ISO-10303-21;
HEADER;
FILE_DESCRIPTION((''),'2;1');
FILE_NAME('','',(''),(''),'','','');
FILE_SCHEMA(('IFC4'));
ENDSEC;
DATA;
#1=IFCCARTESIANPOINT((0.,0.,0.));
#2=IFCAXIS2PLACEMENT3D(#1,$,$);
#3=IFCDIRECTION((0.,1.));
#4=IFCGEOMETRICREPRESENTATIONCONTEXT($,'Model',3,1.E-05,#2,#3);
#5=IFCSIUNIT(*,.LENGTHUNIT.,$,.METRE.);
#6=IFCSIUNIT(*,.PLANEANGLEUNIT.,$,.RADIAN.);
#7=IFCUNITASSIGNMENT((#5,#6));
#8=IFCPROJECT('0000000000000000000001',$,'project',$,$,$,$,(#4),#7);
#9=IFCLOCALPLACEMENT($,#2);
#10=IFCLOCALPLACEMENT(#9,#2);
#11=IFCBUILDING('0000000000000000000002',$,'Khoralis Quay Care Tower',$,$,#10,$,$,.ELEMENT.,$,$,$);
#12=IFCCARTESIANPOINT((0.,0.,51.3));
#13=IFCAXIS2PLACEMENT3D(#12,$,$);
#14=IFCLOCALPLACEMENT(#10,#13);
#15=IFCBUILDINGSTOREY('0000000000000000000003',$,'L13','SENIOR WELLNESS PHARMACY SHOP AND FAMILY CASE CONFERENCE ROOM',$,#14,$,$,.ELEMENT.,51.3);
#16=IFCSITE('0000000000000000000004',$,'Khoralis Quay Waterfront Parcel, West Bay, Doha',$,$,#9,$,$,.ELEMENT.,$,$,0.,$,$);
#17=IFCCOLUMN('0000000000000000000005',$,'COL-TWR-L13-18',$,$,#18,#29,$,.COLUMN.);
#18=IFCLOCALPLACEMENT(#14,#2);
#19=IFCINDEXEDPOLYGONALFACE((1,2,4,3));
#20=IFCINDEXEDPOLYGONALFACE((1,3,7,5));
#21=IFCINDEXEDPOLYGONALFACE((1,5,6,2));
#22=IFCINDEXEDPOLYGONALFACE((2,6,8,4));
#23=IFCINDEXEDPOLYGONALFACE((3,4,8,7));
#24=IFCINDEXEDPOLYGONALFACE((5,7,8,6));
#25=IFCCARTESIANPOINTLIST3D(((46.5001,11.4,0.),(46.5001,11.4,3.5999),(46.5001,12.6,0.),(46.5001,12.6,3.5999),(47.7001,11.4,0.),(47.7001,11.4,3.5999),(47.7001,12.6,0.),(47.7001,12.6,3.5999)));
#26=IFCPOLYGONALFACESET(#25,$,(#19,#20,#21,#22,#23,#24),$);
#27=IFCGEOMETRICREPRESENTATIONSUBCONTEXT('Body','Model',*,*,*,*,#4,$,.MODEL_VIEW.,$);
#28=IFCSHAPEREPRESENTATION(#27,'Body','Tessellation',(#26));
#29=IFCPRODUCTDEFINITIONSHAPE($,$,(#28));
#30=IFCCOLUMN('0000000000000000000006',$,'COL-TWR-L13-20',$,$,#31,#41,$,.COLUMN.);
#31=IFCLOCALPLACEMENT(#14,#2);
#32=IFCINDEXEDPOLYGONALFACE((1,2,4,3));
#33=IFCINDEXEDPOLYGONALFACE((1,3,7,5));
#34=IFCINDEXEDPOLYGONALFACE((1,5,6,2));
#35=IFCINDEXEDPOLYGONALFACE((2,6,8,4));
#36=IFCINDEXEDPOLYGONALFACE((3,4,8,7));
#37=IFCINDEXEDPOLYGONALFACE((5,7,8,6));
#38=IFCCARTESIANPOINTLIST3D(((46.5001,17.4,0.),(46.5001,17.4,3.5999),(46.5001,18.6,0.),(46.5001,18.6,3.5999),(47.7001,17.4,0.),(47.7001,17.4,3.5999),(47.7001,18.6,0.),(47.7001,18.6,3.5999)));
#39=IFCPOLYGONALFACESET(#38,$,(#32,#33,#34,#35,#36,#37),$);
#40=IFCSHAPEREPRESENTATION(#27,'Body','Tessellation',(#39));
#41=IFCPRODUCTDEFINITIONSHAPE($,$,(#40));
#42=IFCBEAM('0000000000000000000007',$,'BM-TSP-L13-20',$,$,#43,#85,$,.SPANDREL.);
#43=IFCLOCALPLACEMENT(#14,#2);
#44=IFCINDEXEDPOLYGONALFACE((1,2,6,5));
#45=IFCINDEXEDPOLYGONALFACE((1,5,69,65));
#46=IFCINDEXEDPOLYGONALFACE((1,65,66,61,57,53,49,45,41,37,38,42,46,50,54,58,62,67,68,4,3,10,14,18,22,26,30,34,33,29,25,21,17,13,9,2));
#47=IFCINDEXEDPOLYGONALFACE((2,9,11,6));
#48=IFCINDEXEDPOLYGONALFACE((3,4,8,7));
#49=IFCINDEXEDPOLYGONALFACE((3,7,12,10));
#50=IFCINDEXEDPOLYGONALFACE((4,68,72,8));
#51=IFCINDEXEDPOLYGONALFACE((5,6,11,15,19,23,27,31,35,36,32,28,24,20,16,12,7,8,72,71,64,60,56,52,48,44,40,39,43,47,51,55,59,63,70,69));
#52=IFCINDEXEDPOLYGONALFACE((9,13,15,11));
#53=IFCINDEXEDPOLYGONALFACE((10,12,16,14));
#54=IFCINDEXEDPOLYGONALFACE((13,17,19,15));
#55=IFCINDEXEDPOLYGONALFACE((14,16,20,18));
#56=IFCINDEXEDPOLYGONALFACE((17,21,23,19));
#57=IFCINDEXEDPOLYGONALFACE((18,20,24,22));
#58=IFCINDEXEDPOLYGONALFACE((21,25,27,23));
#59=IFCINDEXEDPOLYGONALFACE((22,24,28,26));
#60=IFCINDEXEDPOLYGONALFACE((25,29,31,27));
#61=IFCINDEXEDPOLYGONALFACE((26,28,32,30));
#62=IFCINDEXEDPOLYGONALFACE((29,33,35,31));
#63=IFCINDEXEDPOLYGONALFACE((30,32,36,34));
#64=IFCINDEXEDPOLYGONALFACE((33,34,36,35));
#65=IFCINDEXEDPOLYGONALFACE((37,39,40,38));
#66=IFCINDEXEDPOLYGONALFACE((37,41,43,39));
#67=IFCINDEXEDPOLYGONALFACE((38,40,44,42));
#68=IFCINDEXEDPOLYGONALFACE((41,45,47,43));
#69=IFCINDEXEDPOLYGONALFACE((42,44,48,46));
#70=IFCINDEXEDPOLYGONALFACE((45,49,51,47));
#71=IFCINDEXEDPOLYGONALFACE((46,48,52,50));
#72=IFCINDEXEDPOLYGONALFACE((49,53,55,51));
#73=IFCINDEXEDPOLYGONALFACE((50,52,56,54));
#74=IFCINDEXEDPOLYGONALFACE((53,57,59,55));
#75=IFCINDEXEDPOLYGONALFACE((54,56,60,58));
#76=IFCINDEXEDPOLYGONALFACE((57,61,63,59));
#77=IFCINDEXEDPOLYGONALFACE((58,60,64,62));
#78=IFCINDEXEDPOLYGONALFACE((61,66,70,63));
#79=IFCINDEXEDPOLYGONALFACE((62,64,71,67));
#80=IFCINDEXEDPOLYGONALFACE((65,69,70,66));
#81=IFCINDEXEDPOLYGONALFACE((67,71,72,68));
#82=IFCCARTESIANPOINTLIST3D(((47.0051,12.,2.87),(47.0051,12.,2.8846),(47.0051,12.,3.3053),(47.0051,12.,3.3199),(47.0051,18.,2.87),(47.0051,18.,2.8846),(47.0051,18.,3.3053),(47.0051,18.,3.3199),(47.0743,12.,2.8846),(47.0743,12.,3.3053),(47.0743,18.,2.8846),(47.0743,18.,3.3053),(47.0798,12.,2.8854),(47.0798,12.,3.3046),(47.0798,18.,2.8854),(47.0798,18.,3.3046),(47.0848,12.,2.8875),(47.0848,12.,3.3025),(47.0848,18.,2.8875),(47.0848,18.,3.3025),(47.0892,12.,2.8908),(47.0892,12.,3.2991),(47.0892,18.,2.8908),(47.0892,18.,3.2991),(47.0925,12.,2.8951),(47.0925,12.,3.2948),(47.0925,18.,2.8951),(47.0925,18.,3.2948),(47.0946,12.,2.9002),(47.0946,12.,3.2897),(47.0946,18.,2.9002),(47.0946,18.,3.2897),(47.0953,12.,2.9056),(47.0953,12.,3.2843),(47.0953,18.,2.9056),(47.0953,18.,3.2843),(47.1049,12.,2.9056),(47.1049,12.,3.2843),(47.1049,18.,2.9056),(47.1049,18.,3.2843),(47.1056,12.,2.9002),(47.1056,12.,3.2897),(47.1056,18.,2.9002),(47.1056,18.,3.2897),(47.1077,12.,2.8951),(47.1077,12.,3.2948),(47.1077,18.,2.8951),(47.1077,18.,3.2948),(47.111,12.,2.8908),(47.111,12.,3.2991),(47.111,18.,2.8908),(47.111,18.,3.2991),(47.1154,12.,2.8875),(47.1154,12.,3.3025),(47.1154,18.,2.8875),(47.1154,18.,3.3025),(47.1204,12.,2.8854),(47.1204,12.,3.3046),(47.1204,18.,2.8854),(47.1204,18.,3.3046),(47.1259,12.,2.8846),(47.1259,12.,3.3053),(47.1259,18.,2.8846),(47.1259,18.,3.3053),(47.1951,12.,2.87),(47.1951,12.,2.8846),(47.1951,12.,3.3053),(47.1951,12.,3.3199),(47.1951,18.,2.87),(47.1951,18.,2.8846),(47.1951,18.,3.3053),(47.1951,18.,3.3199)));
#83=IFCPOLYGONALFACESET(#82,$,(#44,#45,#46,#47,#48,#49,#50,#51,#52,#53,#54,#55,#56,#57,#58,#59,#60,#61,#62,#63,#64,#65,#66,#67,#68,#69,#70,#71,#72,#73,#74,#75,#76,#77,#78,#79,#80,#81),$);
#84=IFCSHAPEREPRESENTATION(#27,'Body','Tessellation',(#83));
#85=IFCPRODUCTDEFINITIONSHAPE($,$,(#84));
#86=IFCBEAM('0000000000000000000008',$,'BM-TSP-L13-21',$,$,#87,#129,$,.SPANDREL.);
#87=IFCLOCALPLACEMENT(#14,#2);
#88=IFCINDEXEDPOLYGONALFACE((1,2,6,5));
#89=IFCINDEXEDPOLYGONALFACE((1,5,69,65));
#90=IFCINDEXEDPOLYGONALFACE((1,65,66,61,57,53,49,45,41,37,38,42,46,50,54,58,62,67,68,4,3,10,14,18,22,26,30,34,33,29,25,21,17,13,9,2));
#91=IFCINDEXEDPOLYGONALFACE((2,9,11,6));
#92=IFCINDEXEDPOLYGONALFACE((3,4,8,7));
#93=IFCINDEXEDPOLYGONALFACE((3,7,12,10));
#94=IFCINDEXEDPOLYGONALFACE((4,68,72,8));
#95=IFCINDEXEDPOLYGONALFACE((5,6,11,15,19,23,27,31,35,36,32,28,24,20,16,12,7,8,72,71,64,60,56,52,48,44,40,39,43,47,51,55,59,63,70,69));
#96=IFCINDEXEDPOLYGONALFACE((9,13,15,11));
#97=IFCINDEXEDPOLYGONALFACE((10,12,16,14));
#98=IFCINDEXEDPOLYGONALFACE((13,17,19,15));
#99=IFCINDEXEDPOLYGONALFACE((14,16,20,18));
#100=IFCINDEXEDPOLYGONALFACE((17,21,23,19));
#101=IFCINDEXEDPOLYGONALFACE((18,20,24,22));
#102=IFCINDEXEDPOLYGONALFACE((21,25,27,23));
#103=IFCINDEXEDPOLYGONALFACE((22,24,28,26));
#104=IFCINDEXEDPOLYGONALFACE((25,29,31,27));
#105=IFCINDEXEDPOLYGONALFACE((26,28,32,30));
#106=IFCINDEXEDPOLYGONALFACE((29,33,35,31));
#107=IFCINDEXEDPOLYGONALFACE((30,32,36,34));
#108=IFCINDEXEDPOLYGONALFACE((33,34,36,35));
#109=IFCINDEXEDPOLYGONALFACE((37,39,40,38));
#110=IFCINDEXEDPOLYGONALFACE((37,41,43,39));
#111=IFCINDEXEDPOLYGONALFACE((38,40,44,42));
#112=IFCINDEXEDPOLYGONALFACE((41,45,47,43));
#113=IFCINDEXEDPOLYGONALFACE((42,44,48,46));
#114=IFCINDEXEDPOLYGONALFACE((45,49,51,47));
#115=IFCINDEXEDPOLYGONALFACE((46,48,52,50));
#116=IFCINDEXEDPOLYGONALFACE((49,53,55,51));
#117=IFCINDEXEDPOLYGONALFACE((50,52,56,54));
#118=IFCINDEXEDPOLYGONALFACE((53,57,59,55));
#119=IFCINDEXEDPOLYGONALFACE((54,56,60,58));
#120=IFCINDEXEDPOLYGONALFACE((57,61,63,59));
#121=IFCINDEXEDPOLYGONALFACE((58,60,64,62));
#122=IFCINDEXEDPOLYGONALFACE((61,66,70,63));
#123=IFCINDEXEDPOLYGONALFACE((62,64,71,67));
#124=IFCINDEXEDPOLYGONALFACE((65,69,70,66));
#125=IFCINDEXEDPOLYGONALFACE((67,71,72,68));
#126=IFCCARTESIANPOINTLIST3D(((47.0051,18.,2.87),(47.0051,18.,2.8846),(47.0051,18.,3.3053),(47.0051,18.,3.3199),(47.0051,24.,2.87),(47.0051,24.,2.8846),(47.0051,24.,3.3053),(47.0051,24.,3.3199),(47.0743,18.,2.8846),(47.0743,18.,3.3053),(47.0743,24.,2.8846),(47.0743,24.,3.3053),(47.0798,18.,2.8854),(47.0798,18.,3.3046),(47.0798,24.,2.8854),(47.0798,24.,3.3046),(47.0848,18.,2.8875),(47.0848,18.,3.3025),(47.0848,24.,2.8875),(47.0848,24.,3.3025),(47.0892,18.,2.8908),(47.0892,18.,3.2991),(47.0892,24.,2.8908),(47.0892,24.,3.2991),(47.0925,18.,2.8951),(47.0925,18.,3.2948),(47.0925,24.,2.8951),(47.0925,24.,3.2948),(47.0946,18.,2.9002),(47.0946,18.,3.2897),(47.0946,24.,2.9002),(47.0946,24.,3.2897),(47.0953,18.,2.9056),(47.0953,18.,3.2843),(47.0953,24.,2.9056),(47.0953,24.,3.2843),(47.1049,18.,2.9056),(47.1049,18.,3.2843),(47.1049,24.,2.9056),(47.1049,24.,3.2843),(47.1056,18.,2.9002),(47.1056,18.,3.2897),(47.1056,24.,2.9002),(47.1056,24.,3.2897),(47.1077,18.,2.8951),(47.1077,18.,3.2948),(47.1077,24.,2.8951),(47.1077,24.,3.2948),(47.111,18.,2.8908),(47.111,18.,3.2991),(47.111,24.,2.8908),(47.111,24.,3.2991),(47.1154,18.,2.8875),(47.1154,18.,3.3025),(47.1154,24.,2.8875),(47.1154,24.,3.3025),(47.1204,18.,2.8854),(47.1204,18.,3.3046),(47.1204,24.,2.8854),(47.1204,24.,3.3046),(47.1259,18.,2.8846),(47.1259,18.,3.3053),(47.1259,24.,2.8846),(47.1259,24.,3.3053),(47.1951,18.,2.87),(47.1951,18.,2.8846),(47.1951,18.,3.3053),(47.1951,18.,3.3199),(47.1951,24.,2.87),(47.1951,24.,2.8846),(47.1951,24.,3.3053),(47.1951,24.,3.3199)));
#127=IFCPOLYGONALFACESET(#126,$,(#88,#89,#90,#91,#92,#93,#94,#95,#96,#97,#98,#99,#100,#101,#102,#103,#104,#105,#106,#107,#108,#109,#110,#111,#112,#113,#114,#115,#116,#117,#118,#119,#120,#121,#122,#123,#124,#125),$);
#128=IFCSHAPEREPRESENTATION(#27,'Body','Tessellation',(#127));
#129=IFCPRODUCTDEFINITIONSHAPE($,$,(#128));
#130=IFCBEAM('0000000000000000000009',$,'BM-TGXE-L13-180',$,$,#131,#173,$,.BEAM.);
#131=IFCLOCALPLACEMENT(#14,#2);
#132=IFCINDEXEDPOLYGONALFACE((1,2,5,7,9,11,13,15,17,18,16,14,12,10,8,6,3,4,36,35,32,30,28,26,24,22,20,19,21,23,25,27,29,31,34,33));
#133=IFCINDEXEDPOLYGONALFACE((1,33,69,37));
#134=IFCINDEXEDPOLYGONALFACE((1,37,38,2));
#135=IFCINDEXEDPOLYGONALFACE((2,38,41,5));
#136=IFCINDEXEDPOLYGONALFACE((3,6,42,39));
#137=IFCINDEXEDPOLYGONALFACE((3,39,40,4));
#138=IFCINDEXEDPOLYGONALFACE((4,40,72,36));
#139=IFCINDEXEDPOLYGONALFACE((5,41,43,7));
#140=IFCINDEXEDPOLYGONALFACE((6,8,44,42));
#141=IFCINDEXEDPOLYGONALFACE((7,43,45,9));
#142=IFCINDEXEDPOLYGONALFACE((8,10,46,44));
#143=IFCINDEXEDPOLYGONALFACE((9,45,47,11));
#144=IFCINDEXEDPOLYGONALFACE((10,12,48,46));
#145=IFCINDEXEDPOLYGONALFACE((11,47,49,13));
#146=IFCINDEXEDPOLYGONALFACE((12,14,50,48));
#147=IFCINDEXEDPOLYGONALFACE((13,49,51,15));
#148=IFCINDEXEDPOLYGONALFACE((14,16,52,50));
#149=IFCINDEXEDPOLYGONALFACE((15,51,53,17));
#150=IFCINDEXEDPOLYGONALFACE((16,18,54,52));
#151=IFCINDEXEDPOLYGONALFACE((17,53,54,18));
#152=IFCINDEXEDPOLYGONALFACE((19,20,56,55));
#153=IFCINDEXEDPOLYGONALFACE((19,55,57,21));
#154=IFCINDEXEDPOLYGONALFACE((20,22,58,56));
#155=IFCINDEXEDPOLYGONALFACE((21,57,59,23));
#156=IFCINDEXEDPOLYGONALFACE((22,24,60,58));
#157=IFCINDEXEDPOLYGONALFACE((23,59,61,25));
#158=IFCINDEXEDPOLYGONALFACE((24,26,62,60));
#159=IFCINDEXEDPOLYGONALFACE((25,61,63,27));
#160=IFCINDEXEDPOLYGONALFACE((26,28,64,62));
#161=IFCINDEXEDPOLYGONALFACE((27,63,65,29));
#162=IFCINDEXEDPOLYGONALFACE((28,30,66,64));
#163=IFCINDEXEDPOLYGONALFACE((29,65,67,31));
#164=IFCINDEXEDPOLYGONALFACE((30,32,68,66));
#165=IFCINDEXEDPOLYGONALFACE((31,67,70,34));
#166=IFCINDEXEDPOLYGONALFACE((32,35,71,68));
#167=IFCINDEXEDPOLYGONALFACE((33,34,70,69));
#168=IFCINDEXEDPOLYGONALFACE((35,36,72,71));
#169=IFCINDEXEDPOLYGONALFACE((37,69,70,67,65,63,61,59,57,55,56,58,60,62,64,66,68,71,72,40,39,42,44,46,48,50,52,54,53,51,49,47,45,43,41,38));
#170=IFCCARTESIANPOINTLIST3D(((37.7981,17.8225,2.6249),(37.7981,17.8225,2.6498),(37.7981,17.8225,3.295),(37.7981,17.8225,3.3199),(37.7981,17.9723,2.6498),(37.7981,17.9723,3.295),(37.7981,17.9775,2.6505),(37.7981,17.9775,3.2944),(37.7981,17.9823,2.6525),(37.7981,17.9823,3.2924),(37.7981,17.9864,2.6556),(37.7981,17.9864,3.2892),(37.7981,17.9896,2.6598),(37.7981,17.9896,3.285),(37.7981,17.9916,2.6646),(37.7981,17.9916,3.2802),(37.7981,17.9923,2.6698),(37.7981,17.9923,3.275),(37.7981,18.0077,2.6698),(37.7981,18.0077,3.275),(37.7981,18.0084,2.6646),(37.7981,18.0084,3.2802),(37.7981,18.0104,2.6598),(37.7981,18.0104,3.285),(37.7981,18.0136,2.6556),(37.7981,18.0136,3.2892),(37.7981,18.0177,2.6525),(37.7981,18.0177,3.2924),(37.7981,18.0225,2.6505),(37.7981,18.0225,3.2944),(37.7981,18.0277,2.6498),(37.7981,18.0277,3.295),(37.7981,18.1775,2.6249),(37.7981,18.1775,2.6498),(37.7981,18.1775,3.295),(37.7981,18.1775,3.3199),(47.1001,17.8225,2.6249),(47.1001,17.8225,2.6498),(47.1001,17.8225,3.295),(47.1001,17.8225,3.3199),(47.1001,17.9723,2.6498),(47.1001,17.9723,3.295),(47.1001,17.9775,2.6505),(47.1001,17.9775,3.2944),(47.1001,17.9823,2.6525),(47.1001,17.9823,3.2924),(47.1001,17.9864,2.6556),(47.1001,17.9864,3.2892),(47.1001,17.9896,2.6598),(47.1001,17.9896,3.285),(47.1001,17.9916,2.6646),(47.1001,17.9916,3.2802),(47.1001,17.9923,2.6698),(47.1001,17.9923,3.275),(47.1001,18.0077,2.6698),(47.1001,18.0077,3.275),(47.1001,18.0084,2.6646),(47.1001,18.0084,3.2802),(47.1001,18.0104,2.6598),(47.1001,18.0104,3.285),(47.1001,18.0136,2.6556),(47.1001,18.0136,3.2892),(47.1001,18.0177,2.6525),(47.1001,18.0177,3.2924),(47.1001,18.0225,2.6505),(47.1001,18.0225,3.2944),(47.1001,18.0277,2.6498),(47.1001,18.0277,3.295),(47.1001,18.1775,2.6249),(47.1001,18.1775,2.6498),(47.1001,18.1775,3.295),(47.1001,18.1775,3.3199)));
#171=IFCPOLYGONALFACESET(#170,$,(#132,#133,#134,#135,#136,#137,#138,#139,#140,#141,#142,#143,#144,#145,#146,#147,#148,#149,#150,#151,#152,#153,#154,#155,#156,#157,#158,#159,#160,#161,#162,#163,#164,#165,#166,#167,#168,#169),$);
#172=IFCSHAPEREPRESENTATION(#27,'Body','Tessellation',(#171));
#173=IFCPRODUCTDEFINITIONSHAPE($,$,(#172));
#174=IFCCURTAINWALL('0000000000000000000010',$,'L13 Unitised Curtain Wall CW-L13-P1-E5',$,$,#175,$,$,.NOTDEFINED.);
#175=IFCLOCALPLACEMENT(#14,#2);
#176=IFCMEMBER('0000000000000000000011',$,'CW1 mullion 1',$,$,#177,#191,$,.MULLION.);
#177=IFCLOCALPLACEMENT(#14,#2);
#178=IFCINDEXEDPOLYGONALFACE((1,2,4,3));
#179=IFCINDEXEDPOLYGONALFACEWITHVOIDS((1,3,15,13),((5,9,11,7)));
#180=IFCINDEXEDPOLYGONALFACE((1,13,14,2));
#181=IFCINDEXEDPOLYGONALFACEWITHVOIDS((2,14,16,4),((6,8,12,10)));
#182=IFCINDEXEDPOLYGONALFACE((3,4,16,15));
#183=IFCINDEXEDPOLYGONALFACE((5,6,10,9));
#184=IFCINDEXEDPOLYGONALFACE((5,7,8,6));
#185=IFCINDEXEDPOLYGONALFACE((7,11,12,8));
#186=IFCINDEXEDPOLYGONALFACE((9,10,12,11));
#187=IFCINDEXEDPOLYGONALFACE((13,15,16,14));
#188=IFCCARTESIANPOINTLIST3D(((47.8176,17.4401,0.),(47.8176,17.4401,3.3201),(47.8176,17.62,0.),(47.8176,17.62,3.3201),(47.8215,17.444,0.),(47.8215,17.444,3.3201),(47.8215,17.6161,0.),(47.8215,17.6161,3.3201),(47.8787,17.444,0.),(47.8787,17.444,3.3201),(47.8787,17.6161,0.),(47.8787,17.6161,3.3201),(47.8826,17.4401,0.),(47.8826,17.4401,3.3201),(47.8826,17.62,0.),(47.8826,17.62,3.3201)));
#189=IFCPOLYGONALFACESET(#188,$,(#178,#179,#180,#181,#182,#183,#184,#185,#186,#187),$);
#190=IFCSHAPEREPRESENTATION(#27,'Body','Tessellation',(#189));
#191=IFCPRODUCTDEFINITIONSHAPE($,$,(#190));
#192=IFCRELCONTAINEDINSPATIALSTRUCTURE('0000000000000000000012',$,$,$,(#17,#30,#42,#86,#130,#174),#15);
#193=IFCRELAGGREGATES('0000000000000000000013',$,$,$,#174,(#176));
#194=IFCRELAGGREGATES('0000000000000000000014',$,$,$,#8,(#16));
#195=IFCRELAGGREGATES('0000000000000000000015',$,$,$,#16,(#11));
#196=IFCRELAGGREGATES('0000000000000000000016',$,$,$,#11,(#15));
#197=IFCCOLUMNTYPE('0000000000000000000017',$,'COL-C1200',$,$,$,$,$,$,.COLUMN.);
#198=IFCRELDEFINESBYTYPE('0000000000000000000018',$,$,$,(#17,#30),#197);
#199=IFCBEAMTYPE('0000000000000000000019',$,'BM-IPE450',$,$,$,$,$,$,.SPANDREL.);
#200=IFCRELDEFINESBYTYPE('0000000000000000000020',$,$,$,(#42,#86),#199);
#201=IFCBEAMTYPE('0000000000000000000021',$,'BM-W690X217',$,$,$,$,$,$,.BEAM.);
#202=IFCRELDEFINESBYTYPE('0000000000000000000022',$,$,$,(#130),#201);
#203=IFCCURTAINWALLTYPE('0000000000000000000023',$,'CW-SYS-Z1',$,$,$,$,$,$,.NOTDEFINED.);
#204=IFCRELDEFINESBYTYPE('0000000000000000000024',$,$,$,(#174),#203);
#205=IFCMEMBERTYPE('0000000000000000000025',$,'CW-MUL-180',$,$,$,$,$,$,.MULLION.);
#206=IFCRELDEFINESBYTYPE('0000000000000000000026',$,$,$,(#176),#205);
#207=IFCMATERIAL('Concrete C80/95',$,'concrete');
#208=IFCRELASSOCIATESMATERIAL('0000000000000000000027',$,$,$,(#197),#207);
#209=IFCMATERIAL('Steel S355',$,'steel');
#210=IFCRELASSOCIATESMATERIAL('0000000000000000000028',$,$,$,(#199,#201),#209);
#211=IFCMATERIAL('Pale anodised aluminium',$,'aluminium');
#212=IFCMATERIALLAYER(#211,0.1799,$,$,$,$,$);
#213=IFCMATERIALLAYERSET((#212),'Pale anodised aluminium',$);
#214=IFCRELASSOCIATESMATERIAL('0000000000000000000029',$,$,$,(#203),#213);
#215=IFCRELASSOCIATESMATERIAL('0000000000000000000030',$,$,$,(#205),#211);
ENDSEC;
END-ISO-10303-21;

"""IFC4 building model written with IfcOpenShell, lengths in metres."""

from ifc_helpers import new_model, si_unit, direction, frame, origin, origin_2d, place, context, subcontext, project, spatial, rectangle, hollow_rectangle, i_section, extrude, source, transform, mapped, material, layer, layer_set, material_profile, profile_set, type_object, element, aggregate, save


model = new_model("IFC4")

# Units and contexts
model_context = context("Model", 3, precision=1e-05, world=origin(), true_north=direction((0.0, 1.0)))
body_context = subcontext(model_context, "Body", "Model", "MODEL_VIEW")
ifc_project = project(units=[si_unit("LENGTHUNIT", "METRE"), si_unit("PLANEANGLEUNIT", "RADIAN")], contexts=[model_context])

# Site, building, storey
site_placement = place(None, origin())
site = spatial("IfcSite", under=ifc_project, at=site_placement, Name="Khoralis Quay Waterfront Parcel, West Bay, Doha", CompositionType="ELEMENT", RefElevation=0.0)
building_placement = place(site_placement, origin())
building = spatial("IfcBuilding", under=site, at=building_placement, Name="Khoralis Quay Care Tower", CompositionType="ELEMENT")
storey_placement = place(building_placement, frame((0.0, 0.0, 51.3)))
storey = spatial("IfcBuildingStorey", under=building, at=storey_placement, Name="L13", Description="SENIOR WELLNESS PHARMACY SHOP AND FAMILY CASE CONFERENCE ROOM", CompositionType="ELEMENT", Elevation=51.3)

# Columns
ifc_material_1 = material(Name="Concrete C80/95", Category="concrete")
ifc_material_profile_1 = material_profile(ifc_material_1, rectangle(XDim=1.2, YDim=1.2, at=origin_2d()), Name="Concrete C80/95")
ifc_profile_set_1 = profile_set([ifc_material_profile_1], Name="Concrete C80/95")
column_type = type_object("IfcColumnType", Name="COL-C1200", PredefinedType="COLUMN", material=ifc_profile_set_1)
shared_shape_1 = source(origin(), body_context, "Body", "SweptSolid", [
    extrude(rectangle(XDim=1.2, YDim=1.2, at=origin_2d()), origin(), (0.0, 0.0, 1.0), 3.5999),
])
for number, where, z_axis, x_axis, name in (
    (1, (47.1001, 12.0, 0.0), (0.0, 0.0, 1.0), (1.0, 0.0, 0.0), "COL-TWR-L13-18"),
    (2, (47.1001, 18.0, 0.0), (0.0, 0.0, 1.0), (1.0, 0.0, 0.0), "COL-TWR-L13-20"),
):
    element("IfcColumn", number, at=place(storey_placement, frame(where, z_axis=z_axis, x_axis=x_axis)), inside=storey, type_object=column_type, Name=name, PredefinedType="COLUMN", context=body_context, shape_type="MappedRepresentation", body=[
        mapped(shared_shape_1, transform((0.0, 0.0, 0.0), scale=1.0)),
    ])

# Beams
ifc_material_2 = material(Name="Steel S355", Category="steel")
ifc_material_profile_2 = material_profile(ifc_material_2, i_section(OverallWidth=0.1899, OverallDepth=0.45, WebThickness=0.0095, FlangeThickness=0.0146, FilletRadius=0.021, at=origin_2d()), Name="Steel S355")
ifc_profile_set_2 = profile_set([ifc_material_profile_2], Name="Steel S355")
beam_type_1 = type_object("IfcBeamType", Name="BM-IPE450", PredefinedType="SPANDREL", material=ifc_profile_set_2)
shared_shape_2 = source(origin(), body_context, "Body", "SweptSolid", [
    extrude(i_section(OverallWidth=0.1899, OverallDepth=0.45, WebThickness=0.0095, FlangeThickness=0.0146, FilletRadius=0.021, at=origin_2d()), origin(), (0.0, 0.0, 1.0), 6.0),
])
for number, where, z_axis, x_axis, name in (
    (3, (47.1001, 12.0, 3.095), (0.0, 1.0, 0.0), (-1.0, 0.0, 0.0), "BM-TSP-L13-20"),
    (4, (47.1001, 18.0, 3.095), (0.0, 1.0, 0.0), (-1.0, 0.0, 0.0), "BM-TSP-L13-21"),
):
    element("IfcBeam", number, at=place(storey_placement, frame(where, z_axis=z_axis, x_axis=x_axis)), inside=storey, type_object=beam_type_1, Name=name, PredefinedType="SPANDREL", context=body_context, shape_type="MappedRepresentation", body=[
        mapped(shared_shape_2, transform((0.0, 0.0, 0.0), scale=1.0)),
    ])
ifc_material_profile_3 = material_profile(ifc_material_2, i_section(OverallWidth=0.355, OverallDepth=0.6951, WebThickness=0.0154, FlangeThickness=0.0249, FilletRadius=0.02, at=origin_2d()), Name="Steel S355")
ifc_profile_set_3 = profile_set([ifc_material_profile_3], Name="Steel S355")
beam_type_2 = type_object("IfcBeamType", Name="BM-W690X217", PredefinedType="BEAM", material=ifc_profile_set_3)
shared_shape_3 = source(origin(), body_context, "Body", "SweptSolid", [
    extrude(i_section(OverallWidth=0.355, OverallDepth=0.6951, WebThickness=0.0154, FlangeThickness=0.0249, FilletRadius=0.02, at=origin_2d()), origin(), (0.0, 0.0, 1.0), 9.302),
])
beam_placement = place(storey_placement, frame((37.7981, 18.0, 2.9724), z_axis=(1.0, 0.0, 0.0), x_axis=(0.0, 1.0, 0.0)))
element("IfcBeam", 5, at=beam_placement, inside=storey, type_object=beam_type_2, Name="BM-TGXE-L13-180", PredefinedType="BEAM", context=body_context, shape_type="MappedRepresentation", body=[
    mapped(shared_shape_3, transform((0.0, 0.0, 0.0), scale=1.0)),
])

# Curtain wall, member
ifc_material_3 = material(Name="Pale anodised aluminium", Category="aluminium")
ifc_layer_1 = layer(ifc_material_3, 0.1799)
ifc_layer_set_1 = layer_set([ifc_layer_1], Name="Pale anodised aluminium")
curtain_wall_type = type_object("IfcCurtainWallType", Name="CW-SYS-Z1", PredefinedType="NOTDEFINED", material=ifc_layer_set_1)
curtain_wall_placement = place(storey_placement, origin())
curtain_wall = element("IfcCurtainWall", 6, at=curtain_wall_placement, inside=storey, type_object=curtain_wall_type, Name="L13 Unitised Curtain Wall CW-L13-P1-E5", PredefinedType="NOTDEFINED")
ifc_material_profile_4 = material_profile(ifc_material_3, hollow_rectangle(XDim=0.0649, YDim=0.1799, WallThickness=0.0039, at=origin_2d()), Name="Pale anodised aluminium")
ifc_profile_set_4 = profile_set([ifc_material_profile_4], Name="Pale anodised aluminium")
member_type_1 = type_object("IfcMemberType", Name="CW-MUL-180", PredefinedType="MULLION", material=ifc_profile_set_4)
shared_shape_4 = source(origin(), body_context, "Body", "SweptSolid", [
    extrude(hollow_rectangle(XDim=0.0649, YDim=0.1799, WallThickness=0.0039, at=origin_2d()), origin(), (0.0, 0.0, 1.0), 3.3201),
])
member_1_placement = place(storey_placement, frame((47.8501, 17.53, 0.0), z_axis=(0.0, 0.0, 1.0), x_axis=(-1.0, 0.0, 0.0)))
member_1 = element("IfcMember", 7, at=member_1_placement, type_object=member_type_1, Name="CW1 mullion 1", PredefinedType="MULLION", context=body_context, shape_type="MappedRepresentation", body=[
    mapped(shared_shape_4, transform((0.0, 0.0, 0.0), scale=1.0)),
])
aggregate(curtain_wall, [member_1])

save(model, "model.ifc")
